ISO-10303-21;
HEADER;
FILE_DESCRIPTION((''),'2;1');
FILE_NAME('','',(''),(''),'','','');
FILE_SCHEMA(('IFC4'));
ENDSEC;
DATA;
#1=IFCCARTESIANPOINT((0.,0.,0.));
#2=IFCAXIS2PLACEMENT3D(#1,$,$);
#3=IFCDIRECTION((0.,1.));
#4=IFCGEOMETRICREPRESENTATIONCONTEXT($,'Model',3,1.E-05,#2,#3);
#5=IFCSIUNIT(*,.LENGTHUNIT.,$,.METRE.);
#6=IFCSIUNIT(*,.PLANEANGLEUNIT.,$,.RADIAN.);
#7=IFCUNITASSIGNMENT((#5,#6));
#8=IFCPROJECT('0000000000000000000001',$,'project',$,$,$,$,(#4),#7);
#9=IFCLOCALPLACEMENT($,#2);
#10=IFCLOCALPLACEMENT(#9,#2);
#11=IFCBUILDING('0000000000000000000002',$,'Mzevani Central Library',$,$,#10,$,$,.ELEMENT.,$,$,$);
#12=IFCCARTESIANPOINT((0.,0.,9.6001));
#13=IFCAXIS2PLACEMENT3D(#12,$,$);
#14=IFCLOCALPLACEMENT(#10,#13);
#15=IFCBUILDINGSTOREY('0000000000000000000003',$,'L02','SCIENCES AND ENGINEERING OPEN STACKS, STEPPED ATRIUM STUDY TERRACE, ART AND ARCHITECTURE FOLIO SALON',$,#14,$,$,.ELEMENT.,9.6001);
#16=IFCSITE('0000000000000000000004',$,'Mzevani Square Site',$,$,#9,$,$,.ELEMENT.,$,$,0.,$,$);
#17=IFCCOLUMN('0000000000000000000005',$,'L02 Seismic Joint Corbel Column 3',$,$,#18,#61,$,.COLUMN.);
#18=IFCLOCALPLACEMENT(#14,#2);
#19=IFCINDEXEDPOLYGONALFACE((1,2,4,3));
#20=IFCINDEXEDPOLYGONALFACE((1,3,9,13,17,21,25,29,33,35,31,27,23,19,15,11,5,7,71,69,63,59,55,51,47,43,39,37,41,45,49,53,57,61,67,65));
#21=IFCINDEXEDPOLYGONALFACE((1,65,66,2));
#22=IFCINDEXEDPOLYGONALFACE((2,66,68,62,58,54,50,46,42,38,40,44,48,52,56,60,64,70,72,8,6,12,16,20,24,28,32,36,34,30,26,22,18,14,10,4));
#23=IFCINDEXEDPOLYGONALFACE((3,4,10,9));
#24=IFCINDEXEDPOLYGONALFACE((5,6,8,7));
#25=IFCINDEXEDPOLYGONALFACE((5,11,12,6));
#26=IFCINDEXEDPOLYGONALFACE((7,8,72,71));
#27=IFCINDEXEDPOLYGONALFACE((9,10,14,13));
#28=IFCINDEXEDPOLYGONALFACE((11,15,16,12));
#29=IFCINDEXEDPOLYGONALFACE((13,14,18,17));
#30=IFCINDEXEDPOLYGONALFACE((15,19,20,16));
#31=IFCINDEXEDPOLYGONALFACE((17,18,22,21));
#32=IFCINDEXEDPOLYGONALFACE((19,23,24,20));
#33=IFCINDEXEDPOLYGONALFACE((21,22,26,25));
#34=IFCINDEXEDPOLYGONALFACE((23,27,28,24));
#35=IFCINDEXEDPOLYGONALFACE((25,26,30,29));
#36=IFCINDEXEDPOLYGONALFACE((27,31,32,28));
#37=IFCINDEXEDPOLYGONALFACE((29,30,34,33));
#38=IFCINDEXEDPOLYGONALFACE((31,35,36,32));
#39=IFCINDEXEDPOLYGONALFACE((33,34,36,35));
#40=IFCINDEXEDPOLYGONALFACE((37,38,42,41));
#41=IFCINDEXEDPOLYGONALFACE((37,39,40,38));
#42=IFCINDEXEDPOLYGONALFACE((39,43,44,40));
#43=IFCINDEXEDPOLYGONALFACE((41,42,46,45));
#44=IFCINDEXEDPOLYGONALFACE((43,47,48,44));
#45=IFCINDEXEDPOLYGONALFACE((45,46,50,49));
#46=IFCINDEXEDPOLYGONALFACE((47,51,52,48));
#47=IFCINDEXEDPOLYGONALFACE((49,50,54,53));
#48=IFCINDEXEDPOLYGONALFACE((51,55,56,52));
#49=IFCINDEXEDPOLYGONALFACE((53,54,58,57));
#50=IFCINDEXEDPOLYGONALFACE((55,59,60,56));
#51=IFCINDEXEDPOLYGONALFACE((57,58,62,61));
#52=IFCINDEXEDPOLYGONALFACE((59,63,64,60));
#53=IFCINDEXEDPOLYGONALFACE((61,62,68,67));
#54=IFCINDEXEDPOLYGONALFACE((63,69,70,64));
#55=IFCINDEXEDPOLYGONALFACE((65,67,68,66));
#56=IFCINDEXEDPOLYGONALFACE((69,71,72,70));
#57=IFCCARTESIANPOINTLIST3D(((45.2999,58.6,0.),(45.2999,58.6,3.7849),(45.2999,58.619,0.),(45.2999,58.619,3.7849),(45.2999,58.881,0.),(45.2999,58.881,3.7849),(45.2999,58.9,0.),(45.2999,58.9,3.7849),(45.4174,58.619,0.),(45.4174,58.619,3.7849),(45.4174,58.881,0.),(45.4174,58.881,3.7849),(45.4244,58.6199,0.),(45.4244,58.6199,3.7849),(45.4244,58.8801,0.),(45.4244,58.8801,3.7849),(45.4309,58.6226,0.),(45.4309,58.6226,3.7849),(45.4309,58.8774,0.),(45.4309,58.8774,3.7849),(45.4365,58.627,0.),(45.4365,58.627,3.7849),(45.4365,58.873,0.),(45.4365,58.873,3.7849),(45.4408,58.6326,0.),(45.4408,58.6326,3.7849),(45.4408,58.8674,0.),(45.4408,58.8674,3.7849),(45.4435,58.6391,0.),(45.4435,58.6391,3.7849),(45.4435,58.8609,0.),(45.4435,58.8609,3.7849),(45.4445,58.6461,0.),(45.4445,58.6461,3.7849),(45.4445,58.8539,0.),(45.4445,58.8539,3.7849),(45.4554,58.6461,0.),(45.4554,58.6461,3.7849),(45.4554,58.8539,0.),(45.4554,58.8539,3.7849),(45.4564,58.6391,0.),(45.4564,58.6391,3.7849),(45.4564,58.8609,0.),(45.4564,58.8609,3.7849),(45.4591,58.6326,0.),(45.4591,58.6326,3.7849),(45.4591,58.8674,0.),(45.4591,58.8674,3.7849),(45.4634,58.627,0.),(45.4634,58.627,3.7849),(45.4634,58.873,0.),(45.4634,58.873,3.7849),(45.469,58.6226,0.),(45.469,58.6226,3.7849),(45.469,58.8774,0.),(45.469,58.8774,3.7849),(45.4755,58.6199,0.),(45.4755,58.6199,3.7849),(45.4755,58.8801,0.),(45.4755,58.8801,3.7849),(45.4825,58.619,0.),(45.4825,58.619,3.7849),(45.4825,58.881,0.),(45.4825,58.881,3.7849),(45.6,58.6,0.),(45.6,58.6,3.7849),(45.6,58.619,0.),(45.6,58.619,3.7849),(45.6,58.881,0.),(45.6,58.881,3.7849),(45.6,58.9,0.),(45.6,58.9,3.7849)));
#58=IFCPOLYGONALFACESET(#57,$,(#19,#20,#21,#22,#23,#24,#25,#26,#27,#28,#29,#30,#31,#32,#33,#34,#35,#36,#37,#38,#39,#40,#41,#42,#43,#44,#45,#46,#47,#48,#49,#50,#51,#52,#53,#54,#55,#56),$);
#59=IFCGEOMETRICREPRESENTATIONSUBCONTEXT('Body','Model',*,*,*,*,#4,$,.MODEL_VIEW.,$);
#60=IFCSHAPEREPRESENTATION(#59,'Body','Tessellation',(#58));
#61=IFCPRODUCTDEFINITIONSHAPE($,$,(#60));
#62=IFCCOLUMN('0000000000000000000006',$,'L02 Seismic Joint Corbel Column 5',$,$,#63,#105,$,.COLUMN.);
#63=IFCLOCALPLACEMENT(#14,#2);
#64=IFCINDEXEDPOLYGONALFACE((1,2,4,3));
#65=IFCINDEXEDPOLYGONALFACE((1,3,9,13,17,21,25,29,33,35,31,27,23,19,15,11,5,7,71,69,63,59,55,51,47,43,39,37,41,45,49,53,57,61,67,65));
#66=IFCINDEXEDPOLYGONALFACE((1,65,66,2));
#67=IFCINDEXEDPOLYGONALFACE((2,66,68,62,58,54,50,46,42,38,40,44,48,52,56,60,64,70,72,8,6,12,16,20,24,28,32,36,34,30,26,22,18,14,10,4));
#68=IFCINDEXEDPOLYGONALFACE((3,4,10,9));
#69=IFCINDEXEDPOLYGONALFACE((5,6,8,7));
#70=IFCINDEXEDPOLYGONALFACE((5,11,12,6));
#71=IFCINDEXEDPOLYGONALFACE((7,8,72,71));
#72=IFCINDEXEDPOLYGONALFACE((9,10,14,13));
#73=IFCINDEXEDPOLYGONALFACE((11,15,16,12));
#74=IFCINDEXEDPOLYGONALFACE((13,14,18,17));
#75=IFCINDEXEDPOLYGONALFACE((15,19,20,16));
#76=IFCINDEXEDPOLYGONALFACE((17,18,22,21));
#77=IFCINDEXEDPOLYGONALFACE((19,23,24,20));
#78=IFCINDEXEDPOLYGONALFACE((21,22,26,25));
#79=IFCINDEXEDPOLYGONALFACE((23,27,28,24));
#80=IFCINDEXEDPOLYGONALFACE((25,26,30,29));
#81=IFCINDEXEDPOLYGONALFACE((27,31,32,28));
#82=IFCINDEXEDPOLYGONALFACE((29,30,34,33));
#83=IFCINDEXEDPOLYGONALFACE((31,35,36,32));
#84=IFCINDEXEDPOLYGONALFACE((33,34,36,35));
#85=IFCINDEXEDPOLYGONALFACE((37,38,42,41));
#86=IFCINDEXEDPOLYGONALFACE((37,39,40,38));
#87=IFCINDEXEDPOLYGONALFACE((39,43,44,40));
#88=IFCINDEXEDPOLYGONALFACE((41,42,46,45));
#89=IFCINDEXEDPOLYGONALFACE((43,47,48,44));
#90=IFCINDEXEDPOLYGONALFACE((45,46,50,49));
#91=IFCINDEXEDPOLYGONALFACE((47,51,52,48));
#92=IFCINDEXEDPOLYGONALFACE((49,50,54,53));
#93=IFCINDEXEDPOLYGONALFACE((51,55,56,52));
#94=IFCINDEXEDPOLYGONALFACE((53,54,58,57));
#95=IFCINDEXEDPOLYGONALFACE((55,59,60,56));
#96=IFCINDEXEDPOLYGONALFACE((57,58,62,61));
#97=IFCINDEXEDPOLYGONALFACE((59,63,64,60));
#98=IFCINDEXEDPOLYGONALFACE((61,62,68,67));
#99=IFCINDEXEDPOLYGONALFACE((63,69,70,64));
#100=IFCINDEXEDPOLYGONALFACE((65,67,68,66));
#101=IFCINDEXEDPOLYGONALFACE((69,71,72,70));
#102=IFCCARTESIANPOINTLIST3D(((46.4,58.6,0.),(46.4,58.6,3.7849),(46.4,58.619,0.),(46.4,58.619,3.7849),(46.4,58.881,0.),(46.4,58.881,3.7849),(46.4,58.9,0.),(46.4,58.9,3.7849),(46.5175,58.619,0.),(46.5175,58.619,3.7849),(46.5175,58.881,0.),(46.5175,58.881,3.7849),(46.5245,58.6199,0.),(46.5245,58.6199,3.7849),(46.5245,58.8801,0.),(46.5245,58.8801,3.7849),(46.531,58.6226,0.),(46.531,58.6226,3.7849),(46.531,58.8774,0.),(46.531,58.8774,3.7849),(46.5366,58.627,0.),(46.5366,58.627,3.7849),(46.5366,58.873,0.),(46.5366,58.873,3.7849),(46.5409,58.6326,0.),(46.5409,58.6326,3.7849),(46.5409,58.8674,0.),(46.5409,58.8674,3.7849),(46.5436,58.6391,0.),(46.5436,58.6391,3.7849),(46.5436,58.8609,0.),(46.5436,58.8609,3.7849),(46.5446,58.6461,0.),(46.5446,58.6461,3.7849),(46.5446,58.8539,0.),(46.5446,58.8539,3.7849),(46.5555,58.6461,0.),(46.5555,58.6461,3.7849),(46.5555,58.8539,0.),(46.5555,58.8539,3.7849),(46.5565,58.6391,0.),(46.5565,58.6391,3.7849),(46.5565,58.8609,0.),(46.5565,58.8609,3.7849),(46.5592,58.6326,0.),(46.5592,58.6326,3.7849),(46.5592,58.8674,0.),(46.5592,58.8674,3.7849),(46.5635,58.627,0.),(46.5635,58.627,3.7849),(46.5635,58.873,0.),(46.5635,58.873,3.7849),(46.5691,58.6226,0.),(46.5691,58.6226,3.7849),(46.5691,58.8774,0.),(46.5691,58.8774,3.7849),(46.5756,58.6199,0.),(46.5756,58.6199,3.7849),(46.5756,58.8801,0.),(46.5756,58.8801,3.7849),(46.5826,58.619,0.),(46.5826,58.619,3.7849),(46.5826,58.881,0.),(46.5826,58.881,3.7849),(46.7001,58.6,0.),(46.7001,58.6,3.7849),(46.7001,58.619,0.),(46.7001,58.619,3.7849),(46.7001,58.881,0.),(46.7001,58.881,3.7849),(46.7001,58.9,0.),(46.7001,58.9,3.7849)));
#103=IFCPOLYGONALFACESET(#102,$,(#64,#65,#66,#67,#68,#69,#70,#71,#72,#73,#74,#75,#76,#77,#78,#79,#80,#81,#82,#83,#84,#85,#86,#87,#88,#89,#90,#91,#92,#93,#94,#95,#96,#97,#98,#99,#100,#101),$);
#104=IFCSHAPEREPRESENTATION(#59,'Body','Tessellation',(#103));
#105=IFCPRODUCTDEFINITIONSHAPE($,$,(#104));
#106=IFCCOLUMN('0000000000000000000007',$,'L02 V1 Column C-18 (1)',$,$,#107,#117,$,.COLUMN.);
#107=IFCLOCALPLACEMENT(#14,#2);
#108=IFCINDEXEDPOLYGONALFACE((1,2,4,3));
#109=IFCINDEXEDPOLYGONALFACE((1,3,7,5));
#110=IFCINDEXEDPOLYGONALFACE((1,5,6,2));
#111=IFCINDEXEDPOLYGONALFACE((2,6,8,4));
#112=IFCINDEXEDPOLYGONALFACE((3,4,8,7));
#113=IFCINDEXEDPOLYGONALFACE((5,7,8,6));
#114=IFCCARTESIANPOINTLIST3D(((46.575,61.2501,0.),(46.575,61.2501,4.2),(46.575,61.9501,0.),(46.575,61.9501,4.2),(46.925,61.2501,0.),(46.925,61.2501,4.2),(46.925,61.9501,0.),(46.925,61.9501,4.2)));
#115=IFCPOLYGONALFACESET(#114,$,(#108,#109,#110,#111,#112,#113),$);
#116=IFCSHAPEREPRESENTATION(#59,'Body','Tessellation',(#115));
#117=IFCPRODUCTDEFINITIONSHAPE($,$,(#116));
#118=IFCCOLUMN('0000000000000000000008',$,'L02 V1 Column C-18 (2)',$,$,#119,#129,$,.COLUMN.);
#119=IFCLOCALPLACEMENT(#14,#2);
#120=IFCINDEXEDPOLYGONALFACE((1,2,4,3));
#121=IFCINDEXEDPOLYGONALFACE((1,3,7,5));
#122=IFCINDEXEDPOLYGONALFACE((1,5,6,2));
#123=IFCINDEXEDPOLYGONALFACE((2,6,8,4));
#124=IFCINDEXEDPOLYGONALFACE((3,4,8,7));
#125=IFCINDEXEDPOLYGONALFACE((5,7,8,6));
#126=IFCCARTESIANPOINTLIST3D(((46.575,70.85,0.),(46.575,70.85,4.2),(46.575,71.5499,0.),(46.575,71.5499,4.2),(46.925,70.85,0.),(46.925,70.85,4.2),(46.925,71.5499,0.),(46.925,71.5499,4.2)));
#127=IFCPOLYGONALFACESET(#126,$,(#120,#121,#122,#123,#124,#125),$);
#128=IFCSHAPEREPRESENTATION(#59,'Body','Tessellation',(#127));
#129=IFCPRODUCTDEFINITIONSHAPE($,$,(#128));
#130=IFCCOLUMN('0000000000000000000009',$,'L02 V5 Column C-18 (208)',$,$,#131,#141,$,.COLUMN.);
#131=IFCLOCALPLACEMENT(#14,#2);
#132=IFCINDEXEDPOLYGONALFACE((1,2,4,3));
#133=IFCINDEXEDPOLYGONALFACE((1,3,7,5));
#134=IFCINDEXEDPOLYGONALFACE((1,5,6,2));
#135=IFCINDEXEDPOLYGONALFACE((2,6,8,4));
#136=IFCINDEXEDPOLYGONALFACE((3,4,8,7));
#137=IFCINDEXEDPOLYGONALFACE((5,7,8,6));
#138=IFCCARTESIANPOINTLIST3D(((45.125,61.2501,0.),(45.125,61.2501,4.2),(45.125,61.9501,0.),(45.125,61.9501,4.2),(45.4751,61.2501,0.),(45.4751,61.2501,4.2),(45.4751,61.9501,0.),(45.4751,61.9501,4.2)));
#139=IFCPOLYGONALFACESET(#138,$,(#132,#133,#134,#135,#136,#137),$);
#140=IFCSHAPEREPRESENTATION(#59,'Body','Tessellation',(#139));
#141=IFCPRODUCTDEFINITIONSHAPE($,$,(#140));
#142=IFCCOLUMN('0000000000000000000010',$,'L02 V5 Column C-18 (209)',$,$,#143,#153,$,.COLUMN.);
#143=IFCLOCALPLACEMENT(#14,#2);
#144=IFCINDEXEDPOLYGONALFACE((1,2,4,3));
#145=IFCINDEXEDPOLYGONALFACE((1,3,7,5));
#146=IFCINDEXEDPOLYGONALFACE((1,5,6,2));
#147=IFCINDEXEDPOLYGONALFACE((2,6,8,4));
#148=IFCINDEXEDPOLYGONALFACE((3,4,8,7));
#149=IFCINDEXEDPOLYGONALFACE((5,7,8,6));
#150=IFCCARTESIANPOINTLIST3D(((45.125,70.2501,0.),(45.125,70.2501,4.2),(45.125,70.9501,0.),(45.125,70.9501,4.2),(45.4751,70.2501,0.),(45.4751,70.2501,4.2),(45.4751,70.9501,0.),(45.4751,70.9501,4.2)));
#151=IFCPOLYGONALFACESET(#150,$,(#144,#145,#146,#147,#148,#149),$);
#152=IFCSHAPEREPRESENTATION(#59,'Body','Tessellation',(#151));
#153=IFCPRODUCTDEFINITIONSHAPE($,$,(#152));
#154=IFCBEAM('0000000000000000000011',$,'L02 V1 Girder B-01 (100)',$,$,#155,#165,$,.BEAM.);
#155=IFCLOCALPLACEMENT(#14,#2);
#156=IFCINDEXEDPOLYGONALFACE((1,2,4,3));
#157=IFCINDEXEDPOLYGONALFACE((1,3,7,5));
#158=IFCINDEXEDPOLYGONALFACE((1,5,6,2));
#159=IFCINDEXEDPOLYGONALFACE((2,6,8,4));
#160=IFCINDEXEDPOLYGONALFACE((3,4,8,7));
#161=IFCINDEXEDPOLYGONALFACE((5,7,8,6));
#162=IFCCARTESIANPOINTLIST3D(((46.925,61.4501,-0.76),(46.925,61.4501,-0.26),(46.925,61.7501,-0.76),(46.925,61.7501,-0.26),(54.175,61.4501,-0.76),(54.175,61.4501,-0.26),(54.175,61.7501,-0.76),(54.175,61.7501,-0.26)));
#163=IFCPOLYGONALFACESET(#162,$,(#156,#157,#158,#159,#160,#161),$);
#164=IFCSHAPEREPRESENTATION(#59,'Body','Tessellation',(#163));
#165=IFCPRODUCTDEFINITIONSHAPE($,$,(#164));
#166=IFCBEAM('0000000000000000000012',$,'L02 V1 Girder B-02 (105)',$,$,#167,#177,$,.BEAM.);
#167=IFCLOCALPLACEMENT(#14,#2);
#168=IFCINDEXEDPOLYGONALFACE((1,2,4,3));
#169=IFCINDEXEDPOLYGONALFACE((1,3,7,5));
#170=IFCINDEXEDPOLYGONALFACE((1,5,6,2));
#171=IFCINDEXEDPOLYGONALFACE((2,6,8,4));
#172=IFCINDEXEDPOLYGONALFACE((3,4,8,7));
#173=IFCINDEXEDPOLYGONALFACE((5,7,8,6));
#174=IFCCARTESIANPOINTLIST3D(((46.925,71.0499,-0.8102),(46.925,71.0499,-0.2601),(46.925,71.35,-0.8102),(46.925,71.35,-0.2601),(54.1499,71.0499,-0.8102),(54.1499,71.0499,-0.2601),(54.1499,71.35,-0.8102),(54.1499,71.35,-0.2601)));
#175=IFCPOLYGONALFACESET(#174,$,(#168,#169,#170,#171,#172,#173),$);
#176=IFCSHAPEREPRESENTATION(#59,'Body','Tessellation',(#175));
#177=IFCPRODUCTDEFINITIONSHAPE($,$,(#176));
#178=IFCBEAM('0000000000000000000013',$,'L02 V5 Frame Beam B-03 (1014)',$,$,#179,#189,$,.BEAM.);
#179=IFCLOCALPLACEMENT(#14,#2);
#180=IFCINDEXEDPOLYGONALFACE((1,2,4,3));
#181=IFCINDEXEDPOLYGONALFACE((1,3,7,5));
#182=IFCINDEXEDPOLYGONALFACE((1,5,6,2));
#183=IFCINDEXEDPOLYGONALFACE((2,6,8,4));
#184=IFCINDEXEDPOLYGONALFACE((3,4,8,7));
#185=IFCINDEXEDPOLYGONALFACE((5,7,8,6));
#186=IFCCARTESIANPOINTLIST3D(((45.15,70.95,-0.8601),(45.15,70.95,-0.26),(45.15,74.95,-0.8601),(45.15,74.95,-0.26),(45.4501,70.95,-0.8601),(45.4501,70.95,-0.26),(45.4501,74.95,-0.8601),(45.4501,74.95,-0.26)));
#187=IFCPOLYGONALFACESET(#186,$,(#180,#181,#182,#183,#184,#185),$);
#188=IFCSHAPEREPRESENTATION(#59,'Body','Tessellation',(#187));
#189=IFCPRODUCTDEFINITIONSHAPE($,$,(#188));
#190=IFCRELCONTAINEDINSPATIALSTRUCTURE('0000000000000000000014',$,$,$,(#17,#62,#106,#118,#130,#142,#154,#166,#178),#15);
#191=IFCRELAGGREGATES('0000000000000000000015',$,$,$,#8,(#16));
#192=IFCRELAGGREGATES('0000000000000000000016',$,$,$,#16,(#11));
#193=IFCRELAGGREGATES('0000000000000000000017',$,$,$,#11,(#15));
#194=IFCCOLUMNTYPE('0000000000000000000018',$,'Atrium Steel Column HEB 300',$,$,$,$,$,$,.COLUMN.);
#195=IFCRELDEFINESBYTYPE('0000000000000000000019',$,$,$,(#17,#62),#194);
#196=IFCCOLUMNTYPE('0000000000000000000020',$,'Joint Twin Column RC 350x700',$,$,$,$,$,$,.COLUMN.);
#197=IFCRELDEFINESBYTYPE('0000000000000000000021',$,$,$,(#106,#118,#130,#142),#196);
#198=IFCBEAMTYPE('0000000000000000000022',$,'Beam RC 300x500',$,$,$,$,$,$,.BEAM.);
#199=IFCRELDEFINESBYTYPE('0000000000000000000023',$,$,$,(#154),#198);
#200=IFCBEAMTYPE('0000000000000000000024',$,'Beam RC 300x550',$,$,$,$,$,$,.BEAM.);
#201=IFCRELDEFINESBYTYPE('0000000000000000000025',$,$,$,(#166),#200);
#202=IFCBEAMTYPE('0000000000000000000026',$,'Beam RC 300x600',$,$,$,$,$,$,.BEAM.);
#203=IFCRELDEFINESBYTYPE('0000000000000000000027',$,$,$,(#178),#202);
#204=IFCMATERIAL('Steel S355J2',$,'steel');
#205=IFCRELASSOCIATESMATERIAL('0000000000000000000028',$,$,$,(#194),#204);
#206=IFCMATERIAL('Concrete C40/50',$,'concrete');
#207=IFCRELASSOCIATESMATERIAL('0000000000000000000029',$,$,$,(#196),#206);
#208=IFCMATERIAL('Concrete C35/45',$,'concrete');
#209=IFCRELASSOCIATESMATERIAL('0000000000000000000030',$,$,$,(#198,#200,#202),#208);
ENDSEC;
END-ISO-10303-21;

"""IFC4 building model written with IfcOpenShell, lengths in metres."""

from ifc_helpers import new_model, si_unit, direction, frame, origin, origin_2d, place, context, subcontext, project, spatial, rectangle, i_section, extrude, material, material_profile, profile_set, type_object, element, save


model = new_model("IFC4")

# Units and contexts
model_context = context("Model", 3, precision=1e-05, world=origin(), true_north=direction((0.0, 1.0)))
body_context = subcontext(model_context, "Body", "Model", "MODEL_VIEW")
ifc_project = project(units=[si_unit("LENGTHUNIT", "METRE"), si_unit("PLANEANGLEUNIT", "RADIAN")], contexts=[model_context])

# Site, building, storey
site_placement = place(None, origin())
site = spatial("IfcSite", under=ifc_project, at=site_placement, Name="Mzevani Square Site", CompositionType="ELEMENT", RefElevation=0.0)
building_placement = place(site_placement, origin())
building = spatial("IfcBuilding", under=site, at=building_placement, Name="Mzevani Central Library", CompositionType="ELEMENT")
storey_placement = place(building_placement, frame((0.0, 0.0, 9.6001)))
storey = spatial("IfcBuildingStorey", under=building, at=storey_placement, Name="L02", Description="SCIENCES AND ENGINEERING OPEN STACKS, STEPPED ATRIUM STUDY TERRACE, ART AND ARCHITECTURE FOLIO SALON", CompositionType="ELEMENT", Elevation=9.6001)

# Columns
ifc_material_1 = material(Name="Steel S355J2", Category="steel")
ifc_material_profile_1 = material_profile(ifc_material_1, i_section(OverallWidth=0.3, OverallDepth=0.3, WebThickness=0.011, FlangeThickness=0.019, FilletRadius=0.0271, at=origin_2d()), Name="HEB 300")
ifc_profile_set_1 = profile_set([ifc_material_profile_1], Name="Steel S355J2")
column_type_1 = type_object("IfcColumnType", Name="Atrium Steel Column HEB 300", PredefinedType="COLUMN", material=ifc_profile_set_1)
for number, where, z_axis, x_axis, name in (
    (1, (45.45, 58.75, 0.0), (0.0, 0.0, 1.0), (1.0, 0.0, 0.0), "L02 Seismic Joint Corbel Column 3"),
    (2, (46.55, 58.75, 0.0), (0.0, 0.0, 1.0), (1.0, 0.0, 0.0), "L02 Seismic Joint Corbel Column 5"),
):
    element("IfcColumn", number, at=place(storey_placement, frame(where, z_axis=z_axis, x_axis=x_axis)), inside=storey, type_object=column_type_1, Name=name, PredefinedType="COLUMN", context=body_context, shape_type="SweptSolid", body=[
        extrude(i_section(OverallWidth=0.3, OverallDepth=0.3, WebThickness=0.011, FlangeThickness=0.019, FilletRadius=0.0271, at=origin_2d()), origin(), (0.0, 0.0, 1.0), 3.7849),
    ])
ifc_material_2 = material(Name="Concrete C40/50", Category="concrete")
ifc_material_profile_2 = material_profile(ifc_material_2, rectangle(XDim=0.3501, YDim=0.7, at=origin_2d()), Name="RC 350x700")
ifc_profile_set_2 = profile_set([ifc_material_profile_2], Name="Concrete C40/50")
column_type_2 = type_object("IfcColumnType", Name="Joint Twin Column RC 350x700", PredefinedType="COLUMN", material=ifc_profile_set_2)
for number, where, z_axis, x_axis, name in (
    (3, (46.75, 61.6001, 0.0), (0.0, 0.0, 1.0), (1.0, 0.0, 0.0), "L02 V1 Column C-18 (1)"),
    (4, (46.75, 71.2, 0.0), (0.0, 0.0, 1.0), (1.0, 0.0, 0.0), "L02 V1 Column C-18 (2)"),
    (5, (45.3, 61.6001, 0.0), (0.0, 0.0, 1.0), (1.0, 0.0, 0.0), "L02 V5 Column C-18 (208)"),
    (6, (45.3, 70.6001, 0.0), (0.0, 0.0, 1.0), (1.0, 0.0, 0.0), "L02 V5 Column C-18 (209)"),
):
    element("IfcColumn", number, at=place(storey_placement, frame(where, z_axis=z_axis, x_axis=x_axis)), inside=storey, type_object=column_type_2, Name=name, PredefinedType="COLUMN", context=body_context, shape_type="SweptSolid", body=[
        extrude(rectangle(XDim=0.3501, YDim=0.7, at=origin_2d()), origin(), (0.0, 0.0, 1.0), 4.2),
    ])

# Beams
ifc_material_3 = material(Name="Concrete C35/45", Category="concrete")
ifc_material_profile_3 = material_profile(ifc_material_3, rectangle(XDim=0.3, YDim=0.5, at=origin_2d()), Name="RC B300x500")
ifc_profile_set_3 = profile_set([ifc_material_profile_3], Name="Concrete C35/45")
beam_type_1 = type_object("IfcBeamType", Name="Beam RC 300x500", PredefinedType="BEAM", material=ifc_profile_set_3)
beam_1_placement = place(storey_placement, frame((46.925, 61.6001, -0.51), z_axis=(1.0, 0.0, 0.0), x_axis=(0.0, 1.0, 0.0)))
element("IfcBeam", 7, at=beam_1_placement, inside=storey, type_object=beam_type_1, Name="L02 V1 Girder B-01 (100)", PredefinedType="BEAM", context=body_context, shape_type="SweptSolid", body=[
    extrude(rectangle(XDim=0.3, YDim=0.5, at=origin_2d()), origin(), (0.0, 0.0, 1.0), 7.25),
])
ifc_material_profile_4 = material_profile(ifc_material_3, rectangle(XDim=0.3, YDim=0.55, at=origin_2d()), Name="RC B300x550")
ifc_profile_set_4 = profile_set([ifc_material_profile_4], Name="Concrete C35/45")
beam_type_2 = type_object("IfcBeamType", Name="Beam RC 300x550", PredefinedType="BEAM", material=ifc_profile_set_4)
beam_2_placement = place(storey_placement, frame((46.925, 71.2, -0.5352), z_axis=(1.0, 0.0, 0.0), x_axis=(0.0, 1.0, 0.0)))
element("IfcBeam", 8, at=beam_2_placement, inside=storey, type_object=beam_type_2, Name="L02 V1 Girder B-02 (105)", PredefinedType="BEAM", context=body_context, shape_type="SweptSolid", body=[
    extrude(rectangle(XDim=0.3, YDim=0.55, at=origin_2d()), origin(), (0.0, 0.0, 1.0), 7.2249),
])
ifc_material_profile_5 = material_profile(ifc_material_3, rectangle(XDim=0.3, YDim=0.6001, at=origin_2d()), Name="RC B300x600")
ifc_profile_set_5 = profile_set([ifc_material_profile_5], Name="Concrete C35/45")
beam_type_3 = type_object("IfcBeamType", Name="Beam RC 300x600", PredefinedType="BEAM", material=ifc_profile_set_5)
beam_3_placement = place(storey_placement, frame((45.3, 70.95, -0.5601), z_axis=(0.0, 1.0, 0.0), x_axis=(-1.0, 0.0, 0.0)))
element("IfcBeam", 9, at=beam_3_placement, inside=storey, type_object=beam_type_3, Name="L02 V5 Frame Beam B-03 (1014)", PredefinedType="BEAM", context=body_context, shape_type="SweptSolid", body=[
    extrude(rectangle(XDim=0.3, YDim=0.6001, at=origin_2d()), origin(), (0.0, 0.0, 1.0), 4.0),
])

save(model, "model.ifc")
